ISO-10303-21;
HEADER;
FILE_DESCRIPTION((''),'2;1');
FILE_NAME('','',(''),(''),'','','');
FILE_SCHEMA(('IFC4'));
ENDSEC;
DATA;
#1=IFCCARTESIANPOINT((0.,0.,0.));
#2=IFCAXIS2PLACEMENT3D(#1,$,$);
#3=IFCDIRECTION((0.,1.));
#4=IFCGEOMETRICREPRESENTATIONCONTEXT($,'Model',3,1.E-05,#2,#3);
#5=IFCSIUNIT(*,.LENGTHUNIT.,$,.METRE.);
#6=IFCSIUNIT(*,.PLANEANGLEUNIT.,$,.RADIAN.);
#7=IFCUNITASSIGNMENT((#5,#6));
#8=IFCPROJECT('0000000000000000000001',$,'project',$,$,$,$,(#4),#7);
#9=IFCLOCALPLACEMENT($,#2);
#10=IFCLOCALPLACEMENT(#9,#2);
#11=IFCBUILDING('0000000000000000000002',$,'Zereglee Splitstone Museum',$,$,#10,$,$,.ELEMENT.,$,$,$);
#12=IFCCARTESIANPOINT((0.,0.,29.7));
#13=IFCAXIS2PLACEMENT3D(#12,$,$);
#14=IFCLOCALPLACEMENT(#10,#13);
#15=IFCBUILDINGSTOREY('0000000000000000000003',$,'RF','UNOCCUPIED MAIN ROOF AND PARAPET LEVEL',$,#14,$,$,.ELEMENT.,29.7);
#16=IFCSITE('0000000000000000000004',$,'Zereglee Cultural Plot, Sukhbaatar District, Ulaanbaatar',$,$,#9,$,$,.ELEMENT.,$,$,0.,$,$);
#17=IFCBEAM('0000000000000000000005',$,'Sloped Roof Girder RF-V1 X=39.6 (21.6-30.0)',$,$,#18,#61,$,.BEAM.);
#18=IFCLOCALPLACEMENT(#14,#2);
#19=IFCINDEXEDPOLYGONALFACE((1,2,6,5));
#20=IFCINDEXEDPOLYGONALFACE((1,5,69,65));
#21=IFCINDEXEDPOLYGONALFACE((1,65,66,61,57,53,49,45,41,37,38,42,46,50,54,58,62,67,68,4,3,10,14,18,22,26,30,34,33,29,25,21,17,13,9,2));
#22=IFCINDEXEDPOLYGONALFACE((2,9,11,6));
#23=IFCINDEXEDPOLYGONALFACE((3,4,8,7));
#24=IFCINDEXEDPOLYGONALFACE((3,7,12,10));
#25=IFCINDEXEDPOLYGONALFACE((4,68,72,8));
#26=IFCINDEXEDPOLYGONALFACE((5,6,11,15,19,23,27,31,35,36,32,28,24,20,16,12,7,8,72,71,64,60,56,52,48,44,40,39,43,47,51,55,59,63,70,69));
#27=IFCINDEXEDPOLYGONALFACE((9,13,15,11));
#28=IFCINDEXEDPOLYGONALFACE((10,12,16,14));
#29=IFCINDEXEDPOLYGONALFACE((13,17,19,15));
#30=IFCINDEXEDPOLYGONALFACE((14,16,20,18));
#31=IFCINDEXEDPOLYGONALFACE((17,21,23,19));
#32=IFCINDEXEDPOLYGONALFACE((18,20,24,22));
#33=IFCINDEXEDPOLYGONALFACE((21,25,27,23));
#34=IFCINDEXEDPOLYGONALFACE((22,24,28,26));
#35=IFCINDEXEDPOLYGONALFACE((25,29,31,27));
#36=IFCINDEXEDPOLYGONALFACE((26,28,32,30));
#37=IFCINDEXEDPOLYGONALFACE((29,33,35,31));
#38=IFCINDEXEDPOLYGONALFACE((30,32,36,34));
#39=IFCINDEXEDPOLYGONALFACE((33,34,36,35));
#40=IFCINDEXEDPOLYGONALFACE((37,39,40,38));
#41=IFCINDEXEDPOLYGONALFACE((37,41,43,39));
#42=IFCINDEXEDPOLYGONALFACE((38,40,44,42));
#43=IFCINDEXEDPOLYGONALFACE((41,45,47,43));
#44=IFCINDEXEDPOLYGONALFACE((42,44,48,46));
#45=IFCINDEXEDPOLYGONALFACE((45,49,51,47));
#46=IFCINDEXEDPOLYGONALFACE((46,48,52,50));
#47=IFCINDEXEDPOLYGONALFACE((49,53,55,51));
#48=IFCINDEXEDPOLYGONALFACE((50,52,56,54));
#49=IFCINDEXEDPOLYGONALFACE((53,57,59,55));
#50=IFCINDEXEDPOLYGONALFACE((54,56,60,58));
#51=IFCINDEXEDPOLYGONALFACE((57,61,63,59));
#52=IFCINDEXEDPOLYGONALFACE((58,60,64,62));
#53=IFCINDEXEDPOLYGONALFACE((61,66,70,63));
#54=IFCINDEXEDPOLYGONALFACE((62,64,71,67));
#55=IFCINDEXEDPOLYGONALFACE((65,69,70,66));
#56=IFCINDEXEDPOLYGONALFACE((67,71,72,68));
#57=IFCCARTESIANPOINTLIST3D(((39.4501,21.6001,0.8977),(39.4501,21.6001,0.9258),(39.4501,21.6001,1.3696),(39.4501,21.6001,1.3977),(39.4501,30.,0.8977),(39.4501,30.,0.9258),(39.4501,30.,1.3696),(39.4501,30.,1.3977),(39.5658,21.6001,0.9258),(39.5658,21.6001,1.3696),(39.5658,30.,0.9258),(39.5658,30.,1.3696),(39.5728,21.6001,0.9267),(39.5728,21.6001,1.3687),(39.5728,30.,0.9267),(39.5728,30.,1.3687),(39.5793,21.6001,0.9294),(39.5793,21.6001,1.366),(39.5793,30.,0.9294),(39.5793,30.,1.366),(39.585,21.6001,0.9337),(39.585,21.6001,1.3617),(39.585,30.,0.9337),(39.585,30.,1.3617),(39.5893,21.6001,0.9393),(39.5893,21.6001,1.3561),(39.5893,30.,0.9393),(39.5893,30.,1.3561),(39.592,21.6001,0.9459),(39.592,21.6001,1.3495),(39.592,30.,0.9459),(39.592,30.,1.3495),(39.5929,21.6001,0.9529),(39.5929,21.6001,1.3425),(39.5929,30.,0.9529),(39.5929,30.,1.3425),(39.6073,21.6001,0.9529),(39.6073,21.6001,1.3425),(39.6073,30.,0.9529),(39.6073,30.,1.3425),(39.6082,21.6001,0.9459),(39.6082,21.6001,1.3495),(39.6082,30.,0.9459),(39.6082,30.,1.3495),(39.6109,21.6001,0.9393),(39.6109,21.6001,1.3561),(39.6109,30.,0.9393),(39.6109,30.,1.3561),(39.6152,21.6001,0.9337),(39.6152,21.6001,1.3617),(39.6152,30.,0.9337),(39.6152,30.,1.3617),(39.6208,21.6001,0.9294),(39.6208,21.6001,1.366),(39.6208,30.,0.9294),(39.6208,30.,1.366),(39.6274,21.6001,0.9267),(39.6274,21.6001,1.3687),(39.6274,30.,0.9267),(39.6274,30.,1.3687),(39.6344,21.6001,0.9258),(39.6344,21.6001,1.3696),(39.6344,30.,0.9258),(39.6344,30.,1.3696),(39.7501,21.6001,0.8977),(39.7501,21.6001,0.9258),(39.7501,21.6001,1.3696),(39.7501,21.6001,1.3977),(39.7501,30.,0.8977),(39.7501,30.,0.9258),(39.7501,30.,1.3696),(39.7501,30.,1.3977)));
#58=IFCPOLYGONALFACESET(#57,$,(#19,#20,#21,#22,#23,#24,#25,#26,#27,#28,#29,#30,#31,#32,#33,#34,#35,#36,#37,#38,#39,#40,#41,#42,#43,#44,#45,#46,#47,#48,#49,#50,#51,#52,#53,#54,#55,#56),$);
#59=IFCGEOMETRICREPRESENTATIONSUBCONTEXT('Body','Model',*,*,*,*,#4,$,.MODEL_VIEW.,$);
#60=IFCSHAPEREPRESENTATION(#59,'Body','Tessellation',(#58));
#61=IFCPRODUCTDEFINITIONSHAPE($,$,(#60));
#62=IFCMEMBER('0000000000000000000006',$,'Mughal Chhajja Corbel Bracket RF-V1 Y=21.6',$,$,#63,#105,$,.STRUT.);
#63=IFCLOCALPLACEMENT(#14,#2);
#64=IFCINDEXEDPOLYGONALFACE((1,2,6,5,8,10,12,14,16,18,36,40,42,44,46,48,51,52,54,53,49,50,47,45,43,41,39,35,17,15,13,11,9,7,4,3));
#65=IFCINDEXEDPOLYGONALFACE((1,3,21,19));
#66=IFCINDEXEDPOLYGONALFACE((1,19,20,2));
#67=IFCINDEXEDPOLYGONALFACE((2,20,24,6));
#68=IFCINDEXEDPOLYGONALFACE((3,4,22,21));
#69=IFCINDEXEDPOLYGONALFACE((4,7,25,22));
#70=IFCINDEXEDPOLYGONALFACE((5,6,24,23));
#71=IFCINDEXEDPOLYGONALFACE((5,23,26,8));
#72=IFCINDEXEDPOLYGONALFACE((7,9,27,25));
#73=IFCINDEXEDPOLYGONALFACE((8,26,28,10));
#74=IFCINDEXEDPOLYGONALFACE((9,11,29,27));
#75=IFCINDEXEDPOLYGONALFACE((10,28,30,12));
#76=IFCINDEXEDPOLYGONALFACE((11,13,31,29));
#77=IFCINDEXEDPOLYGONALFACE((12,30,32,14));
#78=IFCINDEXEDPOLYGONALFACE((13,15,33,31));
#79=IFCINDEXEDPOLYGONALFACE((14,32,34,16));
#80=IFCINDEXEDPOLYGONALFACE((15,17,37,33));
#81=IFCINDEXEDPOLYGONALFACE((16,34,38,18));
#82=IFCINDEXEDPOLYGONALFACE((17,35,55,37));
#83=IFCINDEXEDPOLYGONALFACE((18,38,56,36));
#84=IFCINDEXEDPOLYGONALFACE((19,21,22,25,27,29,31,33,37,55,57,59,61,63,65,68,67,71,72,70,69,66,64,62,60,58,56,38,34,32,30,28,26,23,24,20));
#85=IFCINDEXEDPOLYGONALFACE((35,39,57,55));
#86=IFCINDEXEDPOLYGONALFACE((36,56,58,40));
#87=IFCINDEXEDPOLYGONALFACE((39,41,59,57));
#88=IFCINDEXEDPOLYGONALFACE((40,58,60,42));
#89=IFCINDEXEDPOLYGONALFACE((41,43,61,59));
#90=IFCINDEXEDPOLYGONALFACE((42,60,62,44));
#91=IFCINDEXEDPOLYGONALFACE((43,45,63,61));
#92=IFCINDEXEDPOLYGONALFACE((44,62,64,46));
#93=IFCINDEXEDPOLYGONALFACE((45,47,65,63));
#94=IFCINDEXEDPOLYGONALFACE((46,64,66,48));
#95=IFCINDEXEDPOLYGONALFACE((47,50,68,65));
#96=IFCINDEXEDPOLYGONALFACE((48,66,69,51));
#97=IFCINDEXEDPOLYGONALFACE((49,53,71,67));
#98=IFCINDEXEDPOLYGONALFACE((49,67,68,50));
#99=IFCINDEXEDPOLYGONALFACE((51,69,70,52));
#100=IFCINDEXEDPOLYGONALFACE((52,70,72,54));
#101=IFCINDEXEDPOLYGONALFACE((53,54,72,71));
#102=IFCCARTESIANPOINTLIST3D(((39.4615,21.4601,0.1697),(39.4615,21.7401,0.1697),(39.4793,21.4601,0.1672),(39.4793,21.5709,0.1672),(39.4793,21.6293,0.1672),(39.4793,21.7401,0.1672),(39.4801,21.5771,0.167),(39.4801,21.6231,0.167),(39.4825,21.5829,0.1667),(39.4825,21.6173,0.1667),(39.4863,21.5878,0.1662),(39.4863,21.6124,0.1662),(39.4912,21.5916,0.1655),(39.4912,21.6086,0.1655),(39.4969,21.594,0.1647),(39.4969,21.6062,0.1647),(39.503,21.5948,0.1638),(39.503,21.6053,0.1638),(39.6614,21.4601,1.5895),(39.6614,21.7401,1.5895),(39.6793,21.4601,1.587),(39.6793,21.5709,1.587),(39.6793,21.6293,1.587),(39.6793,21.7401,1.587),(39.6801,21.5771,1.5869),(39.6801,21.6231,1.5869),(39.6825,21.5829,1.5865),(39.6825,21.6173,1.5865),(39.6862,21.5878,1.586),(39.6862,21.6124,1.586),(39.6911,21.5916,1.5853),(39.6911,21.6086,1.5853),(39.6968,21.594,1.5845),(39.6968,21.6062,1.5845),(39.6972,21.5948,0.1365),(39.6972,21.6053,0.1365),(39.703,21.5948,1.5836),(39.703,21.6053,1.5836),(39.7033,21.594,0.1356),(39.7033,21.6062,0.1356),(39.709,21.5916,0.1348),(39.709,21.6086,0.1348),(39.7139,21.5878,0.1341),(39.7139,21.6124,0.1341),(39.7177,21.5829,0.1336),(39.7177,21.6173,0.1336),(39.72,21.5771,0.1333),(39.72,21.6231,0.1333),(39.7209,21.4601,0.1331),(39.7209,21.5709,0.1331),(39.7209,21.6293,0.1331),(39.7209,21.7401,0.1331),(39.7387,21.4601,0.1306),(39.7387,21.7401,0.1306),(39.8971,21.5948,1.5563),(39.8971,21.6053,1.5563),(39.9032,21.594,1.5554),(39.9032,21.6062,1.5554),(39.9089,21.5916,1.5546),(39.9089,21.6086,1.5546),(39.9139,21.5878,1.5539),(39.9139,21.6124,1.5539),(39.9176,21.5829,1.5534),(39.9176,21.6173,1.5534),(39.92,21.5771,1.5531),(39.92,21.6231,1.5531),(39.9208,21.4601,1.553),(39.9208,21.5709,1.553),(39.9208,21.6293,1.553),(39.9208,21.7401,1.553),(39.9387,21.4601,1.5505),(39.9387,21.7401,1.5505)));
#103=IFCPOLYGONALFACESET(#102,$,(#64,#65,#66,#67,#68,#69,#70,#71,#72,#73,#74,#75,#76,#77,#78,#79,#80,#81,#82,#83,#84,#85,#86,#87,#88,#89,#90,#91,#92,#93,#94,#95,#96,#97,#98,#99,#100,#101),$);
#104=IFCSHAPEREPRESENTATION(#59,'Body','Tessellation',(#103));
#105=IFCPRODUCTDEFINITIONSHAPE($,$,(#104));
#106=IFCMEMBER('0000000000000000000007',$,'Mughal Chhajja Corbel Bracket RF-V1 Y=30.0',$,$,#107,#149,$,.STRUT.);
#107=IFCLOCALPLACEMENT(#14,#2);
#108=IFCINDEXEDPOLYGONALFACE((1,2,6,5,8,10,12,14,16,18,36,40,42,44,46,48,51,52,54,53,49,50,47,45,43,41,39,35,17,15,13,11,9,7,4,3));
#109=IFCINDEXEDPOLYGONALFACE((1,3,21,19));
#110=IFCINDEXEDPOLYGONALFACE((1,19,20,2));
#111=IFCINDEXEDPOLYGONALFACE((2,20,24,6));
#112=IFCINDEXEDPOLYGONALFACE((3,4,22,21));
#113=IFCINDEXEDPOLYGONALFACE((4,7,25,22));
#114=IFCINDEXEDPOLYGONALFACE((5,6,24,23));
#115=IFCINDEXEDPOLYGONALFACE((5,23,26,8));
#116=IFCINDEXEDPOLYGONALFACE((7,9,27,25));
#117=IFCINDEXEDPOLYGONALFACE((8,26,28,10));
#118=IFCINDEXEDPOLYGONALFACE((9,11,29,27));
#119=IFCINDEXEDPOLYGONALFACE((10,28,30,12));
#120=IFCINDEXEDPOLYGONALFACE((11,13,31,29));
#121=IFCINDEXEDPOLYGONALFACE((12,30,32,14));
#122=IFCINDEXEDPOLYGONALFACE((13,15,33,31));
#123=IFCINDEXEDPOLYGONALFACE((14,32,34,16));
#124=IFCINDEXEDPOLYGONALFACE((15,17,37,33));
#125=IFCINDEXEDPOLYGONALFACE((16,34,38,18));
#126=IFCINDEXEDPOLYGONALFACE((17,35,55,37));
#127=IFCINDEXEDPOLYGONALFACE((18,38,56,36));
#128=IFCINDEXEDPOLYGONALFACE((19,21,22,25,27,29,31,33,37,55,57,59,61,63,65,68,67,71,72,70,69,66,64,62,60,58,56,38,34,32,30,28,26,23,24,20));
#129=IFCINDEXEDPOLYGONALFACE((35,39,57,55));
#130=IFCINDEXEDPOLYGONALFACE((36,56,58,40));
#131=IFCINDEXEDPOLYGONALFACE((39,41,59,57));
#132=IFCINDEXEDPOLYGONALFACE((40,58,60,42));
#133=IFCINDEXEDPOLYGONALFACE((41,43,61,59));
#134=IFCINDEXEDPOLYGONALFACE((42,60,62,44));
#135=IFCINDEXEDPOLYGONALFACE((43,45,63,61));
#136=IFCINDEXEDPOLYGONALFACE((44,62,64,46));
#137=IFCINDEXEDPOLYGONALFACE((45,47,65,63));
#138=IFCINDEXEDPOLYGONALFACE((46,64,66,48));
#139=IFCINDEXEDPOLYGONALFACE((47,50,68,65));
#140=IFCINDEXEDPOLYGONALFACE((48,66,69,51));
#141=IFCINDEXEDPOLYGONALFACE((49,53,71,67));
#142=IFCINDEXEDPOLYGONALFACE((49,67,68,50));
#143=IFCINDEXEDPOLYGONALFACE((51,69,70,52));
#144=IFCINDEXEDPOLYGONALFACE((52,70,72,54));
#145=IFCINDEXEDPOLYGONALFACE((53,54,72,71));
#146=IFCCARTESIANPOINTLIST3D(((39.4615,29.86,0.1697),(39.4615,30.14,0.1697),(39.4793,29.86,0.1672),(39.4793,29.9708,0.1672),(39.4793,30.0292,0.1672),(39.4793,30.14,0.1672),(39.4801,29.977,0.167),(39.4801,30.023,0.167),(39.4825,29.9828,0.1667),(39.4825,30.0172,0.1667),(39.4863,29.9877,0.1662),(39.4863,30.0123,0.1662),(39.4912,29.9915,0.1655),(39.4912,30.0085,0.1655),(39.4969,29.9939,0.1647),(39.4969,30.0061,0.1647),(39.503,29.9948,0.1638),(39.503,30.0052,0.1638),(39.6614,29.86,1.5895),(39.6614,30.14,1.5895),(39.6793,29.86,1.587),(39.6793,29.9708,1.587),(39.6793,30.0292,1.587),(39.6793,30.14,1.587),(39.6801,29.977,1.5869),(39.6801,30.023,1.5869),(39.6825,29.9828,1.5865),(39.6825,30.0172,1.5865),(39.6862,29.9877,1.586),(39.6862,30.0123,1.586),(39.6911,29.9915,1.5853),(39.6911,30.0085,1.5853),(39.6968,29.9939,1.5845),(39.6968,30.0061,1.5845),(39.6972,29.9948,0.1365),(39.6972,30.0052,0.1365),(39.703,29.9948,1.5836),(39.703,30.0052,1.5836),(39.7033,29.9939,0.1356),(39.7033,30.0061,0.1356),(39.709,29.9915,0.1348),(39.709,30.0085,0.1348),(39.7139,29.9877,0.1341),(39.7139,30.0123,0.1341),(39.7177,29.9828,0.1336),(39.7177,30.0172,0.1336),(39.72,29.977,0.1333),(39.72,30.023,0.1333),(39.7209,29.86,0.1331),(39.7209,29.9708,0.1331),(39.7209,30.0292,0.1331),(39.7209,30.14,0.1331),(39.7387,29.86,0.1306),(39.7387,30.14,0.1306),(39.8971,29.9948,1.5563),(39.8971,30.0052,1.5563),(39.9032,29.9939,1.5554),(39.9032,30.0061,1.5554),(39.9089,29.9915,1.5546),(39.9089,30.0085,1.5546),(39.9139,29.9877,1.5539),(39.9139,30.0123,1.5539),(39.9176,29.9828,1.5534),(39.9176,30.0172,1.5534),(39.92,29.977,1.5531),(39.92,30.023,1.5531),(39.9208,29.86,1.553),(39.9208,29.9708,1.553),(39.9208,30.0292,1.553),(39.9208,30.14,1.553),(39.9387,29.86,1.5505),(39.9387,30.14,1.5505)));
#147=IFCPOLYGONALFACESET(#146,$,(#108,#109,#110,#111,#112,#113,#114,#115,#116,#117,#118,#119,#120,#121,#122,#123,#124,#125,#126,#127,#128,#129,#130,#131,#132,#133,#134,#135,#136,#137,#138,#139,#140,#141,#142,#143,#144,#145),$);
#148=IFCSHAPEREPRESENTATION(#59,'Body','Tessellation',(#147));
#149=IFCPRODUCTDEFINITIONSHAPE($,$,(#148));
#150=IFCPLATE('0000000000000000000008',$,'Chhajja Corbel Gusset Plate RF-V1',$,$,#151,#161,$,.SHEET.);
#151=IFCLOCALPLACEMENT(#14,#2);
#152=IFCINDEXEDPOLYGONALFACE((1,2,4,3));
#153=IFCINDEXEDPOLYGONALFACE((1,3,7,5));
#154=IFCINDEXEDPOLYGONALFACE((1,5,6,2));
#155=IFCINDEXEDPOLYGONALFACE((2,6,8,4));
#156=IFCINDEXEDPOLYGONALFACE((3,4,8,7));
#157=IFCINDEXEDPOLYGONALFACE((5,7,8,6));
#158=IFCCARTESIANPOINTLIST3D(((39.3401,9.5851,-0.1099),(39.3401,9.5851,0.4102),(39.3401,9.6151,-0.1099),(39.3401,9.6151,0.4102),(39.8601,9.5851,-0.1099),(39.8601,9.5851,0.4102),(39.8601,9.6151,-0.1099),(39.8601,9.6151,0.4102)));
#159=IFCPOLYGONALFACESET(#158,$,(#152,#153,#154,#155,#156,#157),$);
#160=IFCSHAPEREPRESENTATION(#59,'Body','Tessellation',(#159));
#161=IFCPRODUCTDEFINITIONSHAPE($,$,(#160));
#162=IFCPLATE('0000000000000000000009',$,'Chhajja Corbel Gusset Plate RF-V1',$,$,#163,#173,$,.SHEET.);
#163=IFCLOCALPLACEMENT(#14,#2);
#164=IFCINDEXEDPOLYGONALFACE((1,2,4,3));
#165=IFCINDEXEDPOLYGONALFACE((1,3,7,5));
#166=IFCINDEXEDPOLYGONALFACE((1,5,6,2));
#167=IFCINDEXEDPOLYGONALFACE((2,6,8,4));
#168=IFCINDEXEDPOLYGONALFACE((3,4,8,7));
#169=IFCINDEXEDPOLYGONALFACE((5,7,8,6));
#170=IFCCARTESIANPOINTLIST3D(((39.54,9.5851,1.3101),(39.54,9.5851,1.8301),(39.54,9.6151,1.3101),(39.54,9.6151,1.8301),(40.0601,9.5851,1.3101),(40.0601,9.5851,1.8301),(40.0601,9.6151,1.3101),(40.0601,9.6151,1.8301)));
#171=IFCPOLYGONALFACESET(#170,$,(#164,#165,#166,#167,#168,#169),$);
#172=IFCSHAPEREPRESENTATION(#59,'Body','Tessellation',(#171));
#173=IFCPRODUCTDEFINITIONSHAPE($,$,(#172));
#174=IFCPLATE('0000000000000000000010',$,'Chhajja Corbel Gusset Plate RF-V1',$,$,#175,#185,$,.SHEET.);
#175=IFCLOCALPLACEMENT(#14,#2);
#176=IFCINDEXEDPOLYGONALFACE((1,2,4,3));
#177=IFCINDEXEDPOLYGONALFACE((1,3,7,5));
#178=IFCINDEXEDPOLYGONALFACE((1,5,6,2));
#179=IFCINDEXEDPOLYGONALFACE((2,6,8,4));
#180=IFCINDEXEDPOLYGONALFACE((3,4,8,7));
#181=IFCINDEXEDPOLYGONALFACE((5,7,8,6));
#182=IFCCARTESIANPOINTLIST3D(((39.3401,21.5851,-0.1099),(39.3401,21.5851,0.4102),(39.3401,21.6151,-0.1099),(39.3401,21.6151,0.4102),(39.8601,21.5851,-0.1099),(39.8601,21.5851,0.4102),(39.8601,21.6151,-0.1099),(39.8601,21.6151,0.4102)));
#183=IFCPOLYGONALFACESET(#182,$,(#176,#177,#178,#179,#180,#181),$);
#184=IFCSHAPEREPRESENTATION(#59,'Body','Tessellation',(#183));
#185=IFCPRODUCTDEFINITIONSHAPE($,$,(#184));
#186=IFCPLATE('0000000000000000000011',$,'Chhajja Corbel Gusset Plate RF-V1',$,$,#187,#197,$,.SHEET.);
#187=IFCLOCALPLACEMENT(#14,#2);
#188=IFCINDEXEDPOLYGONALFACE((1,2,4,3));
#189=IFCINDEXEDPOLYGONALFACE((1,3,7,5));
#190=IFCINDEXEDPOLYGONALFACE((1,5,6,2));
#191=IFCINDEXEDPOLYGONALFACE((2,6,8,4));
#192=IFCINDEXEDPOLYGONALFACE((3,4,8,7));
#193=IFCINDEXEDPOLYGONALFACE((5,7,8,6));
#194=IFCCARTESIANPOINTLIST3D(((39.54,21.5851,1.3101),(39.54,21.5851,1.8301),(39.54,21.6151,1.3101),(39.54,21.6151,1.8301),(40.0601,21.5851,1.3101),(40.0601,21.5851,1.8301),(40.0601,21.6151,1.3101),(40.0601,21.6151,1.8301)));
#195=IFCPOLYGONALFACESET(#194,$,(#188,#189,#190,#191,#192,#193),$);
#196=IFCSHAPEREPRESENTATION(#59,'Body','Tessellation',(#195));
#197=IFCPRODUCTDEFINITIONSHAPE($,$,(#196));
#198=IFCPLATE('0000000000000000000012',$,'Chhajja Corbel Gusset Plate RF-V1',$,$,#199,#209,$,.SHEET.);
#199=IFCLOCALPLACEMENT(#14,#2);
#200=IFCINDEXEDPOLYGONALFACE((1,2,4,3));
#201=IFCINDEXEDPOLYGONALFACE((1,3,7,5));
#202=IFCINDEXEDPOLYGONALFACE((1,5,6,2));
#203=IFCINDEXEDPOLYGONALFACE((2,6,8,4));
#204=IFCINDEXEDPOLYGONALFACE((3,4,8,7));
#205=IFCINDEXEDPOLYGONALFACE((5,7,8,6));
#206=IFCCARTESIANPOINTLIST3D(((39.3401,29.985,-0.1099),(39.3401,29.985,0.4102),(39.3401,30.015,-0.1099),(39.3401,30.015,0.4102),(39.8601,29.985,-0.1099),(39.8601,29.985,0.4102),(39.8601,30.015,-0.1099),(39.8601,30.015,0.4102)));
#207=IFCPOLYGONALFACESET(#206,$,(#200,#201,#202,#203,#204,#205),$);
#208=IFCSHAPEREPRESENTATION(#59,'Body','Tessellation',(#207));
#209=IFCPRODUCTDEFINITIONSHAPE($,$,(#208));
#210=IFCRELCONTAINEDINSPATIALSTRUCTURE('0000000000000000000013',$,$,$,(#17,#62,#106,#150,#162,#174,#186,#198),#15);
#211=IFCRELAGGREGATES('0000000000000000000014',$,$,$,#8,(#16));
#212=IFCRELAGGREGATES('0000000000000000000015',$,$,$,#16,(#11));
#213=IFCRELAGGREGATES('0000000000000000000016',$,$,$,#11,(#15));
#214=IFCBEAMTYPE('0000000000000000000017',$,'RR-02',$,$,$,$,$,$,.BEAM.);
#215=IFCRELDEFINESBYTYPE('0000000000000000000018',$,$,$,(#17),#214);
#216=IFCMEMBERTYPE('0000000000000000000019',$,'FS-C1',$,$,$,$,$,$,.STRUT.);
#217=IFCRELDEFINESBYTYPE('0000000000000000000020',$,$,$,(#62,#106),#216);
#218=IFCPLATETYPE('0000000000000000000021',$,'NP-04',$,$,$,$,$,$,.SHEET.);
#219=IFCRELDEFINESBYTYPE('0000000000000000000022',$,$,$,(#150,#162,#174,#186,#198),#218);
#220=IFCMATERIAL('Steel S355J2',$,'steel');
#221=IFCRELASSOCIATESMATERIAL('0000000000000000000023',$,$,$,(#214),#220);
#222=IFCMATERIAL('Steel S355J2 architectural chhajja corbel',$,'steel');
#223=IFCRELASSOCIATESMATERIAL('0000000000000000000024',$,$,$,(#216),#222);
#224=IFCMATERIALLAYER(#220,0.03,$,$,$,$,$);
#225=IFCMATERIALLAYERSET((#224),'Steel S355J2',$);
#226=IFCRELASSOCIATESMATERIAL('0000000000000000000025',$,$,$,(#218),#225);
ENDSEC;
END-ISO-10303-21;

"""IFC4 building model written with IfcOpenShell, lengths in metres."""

from ifc_helpers import new_model, si_unit, direction, frame, origin, origin_2d, place, context, subcontext, project, spatial, rectangle, i_section, extrude, material, layer, layer_set, material_profile, profile_set, type_object, element, save


model = new_model("IFC4")

# Units and contexts
model_context = context("Model", 3, precision=1e-05, world=origin(), true_north=direction((0.0, 1.0)))
body_context = subcontext(model_context, "Body", "Model", "MODEL_VIEW")
ifc_project = project(units=[si_unit("LENGTHUNIT", "METRE"), si_unit("PLANEANGLEUNIT", "RADIAN")], contexts=[model_context])

# Site, building, storey
site_placement = place(None, origin())
site = spatial("IfcSite", under=ifc_project, at=site_placement, Name="Zereglee Cultural Plot, Sukhbaatar District, Ulaanbaatar", CompositionType="ELEMENT", RefElevation=0.0)
building_placement = place(site_placement, origin())
building = spatial("IfcBuilding", under=site, at=building_placement, Name="Zereglee Splitstone Museum", CompositionType="ELEMENT")
storey_placement = place(building_placement, frame((0.0, 0.0, 29.7)))
storey = spatial("IfcBuildingStorey", under=building, at=storey_placement, Name="RF", Description="UNOCCUPIED MAIN ROOF AND PARAPET LEVEL", CompositionType="ELEMENT", Elevation=29.7)

# Shared definitions
ifc_material_1 = material(Name="Steel S355J2", Category="steel")

# Beam
ifc_material_profile_1 = material_profile(ifc_material_1, i_section(OverallWidth=0.3, OverallDepth=0.5, WebThickness=0.0144, FlangeThickness=0.0281, FilletRadius=0.0271, at=origin_2d()), Name="HE 500 B")
ifc_profile_set_1 = profile_set([ifc_material_profile_1], Name="Steel S355J2")
beam_type = type_object("IfcBeamType", Name="RR-02", PredefinedType="BEAM", material=ifc_profile_set_1)
for number, where, z_axis, x_axis, name in (
    (1, (39.6001, 21.6001, 1.1477), (0.0, 1.0, 0.0), (-1.0, 0.0, 0.0), "Sloped Roof Girder RF-V1 X=39.6 (21.6-30.0)"),
):
    element("IfcBeam", number, at=place(storey_placement, frame(where, z_axis=z_axis, x_axis=x_axis)), inside=storey, type_object=beam_type, Name=name, PredefinedType="BEAM", context=body_context, shape_type="SweptSolid", body=[
        extrude(i_section(OverallWidth=0.3, OverallDepth=0.5, WebThickness=0.0144, FlangeThickness=0.0281, FilletRadius=0.0271, at=origin_2d()), origin(), (0.0, 0.0, 1.0), 8.3999),
    ])

# Members
ifc_material_2 = material(Name="Steel S355J2 architectural chhajja corbel", Category="steel")
ifc_material_profile_2 = material_profile(ifc_material_2, i_section(OverallWidth=0.28, OverallDepth=0.28, WebThickness=0.0105, FlangeThickness=0.0181, FilletRadius=0.0239, at=origin_2d()), Name="HE 280 B")
ifc_profile_set_2 = profile_set([ifc_material_profile_2], Name="Steel S355J2 architectural chhajja corbel")
member_type_1 = type_object("IfcMemberType", Name="FS-C1", PredefinedType="STRUT", material=ifc_profile_set_2)
for number, where, z_axis, x_axis, name in (
    (2, (39.6001, 21.6001, 0.1501), (0.139443, 0.0, 0.99023), (0.0, 1.0, 0.0), "Mughal Chhajja Corbel Bracket RF-V1 Y=21.6"),
    (3, (39.6001, 30.0, 0.1501), (0.139443, 0.0, 0.99023), (0.0, 1.0, 0.0), "Mughal Chhajja Corbel Bracket RF-V1 Y=30.0"),
):
    element("IfcMember", number, at=place(storey_placement, frame(where, z_axis=z_axis, x_axis=x_axis)), inside=storey, type_object=member_type_1, Name=name, PredefinedType="STRUT", context=body_context, shape_type="SweptSolid", body=[
        extrude(i_section(OverallWidth=0.28, OverallDepth=0.28, WebThickness=0.0105, FlangeThickness=0.0181, FilletRadius=0.0239, at=origin_2d()), origin(), (0.0, 0.0, 1.0), 1.4338),
    ])

# Plates
ifc_layer = layer(ifc_material_1, 0.03)
ifc_layer_set = layer_set([ifc_layer], Name="Steel S355J2")
plate_type = type_object("IfcPlateType", Name="NP-04", PredefinedType="SHEET", material=ifc_layer_set)
for number, where, z_axis, x_axis, name in (
    (4, (39.6001, 9.6001, -0.1099), (0.0, 0.0, 1.0), (1.0, 0.0, 0.0), "Chhajja Corbel Gusset Plate RF-V1"),
    (5, (39.8, 9.6001, 1.3101), (0.0, 0.0, 1.0), (1.0, 0.0, 0.0), "Chhajja Corbel Gusset Plate RF-V1"),
    (6, (39.6001, 21.6001, -0.1099), (0.0, 0.0, 1.0), (1.0, 0.0, 0.0), "Chhajja Corbel Gusset Plate RF-V1"),
    (7, (39.8, 21.6001, 1.3101), (0.0, 0.0, 1.0), (1.0, 0.0, 0.0), "Chhajja Corbel Gusset Plate RF-V1"),
    (8, (39.6001, 30.0, -0.1099), (0.0, 0.0, 1.0), (1.0, 0.0, 0.0), "Chhajja Corbel Gusset Plate RF-V1"),
):
    element("IfcPlate", number, at=place(storey_placement, frame(where, z_axis=z_axis, x_axis=x_axis)), inside=storey, type_object=plate_type, Name=name, PredefinedType="SHEET", context=body_context, shape_type="SweptSolid", body=[
        extrude(rectangle(XDim=0.52, YDim=0.03, at=origin_2d()), origin(), (0.0, 0.0, 1.0), 0.52),
    ])

save(model, "model.ifc")
